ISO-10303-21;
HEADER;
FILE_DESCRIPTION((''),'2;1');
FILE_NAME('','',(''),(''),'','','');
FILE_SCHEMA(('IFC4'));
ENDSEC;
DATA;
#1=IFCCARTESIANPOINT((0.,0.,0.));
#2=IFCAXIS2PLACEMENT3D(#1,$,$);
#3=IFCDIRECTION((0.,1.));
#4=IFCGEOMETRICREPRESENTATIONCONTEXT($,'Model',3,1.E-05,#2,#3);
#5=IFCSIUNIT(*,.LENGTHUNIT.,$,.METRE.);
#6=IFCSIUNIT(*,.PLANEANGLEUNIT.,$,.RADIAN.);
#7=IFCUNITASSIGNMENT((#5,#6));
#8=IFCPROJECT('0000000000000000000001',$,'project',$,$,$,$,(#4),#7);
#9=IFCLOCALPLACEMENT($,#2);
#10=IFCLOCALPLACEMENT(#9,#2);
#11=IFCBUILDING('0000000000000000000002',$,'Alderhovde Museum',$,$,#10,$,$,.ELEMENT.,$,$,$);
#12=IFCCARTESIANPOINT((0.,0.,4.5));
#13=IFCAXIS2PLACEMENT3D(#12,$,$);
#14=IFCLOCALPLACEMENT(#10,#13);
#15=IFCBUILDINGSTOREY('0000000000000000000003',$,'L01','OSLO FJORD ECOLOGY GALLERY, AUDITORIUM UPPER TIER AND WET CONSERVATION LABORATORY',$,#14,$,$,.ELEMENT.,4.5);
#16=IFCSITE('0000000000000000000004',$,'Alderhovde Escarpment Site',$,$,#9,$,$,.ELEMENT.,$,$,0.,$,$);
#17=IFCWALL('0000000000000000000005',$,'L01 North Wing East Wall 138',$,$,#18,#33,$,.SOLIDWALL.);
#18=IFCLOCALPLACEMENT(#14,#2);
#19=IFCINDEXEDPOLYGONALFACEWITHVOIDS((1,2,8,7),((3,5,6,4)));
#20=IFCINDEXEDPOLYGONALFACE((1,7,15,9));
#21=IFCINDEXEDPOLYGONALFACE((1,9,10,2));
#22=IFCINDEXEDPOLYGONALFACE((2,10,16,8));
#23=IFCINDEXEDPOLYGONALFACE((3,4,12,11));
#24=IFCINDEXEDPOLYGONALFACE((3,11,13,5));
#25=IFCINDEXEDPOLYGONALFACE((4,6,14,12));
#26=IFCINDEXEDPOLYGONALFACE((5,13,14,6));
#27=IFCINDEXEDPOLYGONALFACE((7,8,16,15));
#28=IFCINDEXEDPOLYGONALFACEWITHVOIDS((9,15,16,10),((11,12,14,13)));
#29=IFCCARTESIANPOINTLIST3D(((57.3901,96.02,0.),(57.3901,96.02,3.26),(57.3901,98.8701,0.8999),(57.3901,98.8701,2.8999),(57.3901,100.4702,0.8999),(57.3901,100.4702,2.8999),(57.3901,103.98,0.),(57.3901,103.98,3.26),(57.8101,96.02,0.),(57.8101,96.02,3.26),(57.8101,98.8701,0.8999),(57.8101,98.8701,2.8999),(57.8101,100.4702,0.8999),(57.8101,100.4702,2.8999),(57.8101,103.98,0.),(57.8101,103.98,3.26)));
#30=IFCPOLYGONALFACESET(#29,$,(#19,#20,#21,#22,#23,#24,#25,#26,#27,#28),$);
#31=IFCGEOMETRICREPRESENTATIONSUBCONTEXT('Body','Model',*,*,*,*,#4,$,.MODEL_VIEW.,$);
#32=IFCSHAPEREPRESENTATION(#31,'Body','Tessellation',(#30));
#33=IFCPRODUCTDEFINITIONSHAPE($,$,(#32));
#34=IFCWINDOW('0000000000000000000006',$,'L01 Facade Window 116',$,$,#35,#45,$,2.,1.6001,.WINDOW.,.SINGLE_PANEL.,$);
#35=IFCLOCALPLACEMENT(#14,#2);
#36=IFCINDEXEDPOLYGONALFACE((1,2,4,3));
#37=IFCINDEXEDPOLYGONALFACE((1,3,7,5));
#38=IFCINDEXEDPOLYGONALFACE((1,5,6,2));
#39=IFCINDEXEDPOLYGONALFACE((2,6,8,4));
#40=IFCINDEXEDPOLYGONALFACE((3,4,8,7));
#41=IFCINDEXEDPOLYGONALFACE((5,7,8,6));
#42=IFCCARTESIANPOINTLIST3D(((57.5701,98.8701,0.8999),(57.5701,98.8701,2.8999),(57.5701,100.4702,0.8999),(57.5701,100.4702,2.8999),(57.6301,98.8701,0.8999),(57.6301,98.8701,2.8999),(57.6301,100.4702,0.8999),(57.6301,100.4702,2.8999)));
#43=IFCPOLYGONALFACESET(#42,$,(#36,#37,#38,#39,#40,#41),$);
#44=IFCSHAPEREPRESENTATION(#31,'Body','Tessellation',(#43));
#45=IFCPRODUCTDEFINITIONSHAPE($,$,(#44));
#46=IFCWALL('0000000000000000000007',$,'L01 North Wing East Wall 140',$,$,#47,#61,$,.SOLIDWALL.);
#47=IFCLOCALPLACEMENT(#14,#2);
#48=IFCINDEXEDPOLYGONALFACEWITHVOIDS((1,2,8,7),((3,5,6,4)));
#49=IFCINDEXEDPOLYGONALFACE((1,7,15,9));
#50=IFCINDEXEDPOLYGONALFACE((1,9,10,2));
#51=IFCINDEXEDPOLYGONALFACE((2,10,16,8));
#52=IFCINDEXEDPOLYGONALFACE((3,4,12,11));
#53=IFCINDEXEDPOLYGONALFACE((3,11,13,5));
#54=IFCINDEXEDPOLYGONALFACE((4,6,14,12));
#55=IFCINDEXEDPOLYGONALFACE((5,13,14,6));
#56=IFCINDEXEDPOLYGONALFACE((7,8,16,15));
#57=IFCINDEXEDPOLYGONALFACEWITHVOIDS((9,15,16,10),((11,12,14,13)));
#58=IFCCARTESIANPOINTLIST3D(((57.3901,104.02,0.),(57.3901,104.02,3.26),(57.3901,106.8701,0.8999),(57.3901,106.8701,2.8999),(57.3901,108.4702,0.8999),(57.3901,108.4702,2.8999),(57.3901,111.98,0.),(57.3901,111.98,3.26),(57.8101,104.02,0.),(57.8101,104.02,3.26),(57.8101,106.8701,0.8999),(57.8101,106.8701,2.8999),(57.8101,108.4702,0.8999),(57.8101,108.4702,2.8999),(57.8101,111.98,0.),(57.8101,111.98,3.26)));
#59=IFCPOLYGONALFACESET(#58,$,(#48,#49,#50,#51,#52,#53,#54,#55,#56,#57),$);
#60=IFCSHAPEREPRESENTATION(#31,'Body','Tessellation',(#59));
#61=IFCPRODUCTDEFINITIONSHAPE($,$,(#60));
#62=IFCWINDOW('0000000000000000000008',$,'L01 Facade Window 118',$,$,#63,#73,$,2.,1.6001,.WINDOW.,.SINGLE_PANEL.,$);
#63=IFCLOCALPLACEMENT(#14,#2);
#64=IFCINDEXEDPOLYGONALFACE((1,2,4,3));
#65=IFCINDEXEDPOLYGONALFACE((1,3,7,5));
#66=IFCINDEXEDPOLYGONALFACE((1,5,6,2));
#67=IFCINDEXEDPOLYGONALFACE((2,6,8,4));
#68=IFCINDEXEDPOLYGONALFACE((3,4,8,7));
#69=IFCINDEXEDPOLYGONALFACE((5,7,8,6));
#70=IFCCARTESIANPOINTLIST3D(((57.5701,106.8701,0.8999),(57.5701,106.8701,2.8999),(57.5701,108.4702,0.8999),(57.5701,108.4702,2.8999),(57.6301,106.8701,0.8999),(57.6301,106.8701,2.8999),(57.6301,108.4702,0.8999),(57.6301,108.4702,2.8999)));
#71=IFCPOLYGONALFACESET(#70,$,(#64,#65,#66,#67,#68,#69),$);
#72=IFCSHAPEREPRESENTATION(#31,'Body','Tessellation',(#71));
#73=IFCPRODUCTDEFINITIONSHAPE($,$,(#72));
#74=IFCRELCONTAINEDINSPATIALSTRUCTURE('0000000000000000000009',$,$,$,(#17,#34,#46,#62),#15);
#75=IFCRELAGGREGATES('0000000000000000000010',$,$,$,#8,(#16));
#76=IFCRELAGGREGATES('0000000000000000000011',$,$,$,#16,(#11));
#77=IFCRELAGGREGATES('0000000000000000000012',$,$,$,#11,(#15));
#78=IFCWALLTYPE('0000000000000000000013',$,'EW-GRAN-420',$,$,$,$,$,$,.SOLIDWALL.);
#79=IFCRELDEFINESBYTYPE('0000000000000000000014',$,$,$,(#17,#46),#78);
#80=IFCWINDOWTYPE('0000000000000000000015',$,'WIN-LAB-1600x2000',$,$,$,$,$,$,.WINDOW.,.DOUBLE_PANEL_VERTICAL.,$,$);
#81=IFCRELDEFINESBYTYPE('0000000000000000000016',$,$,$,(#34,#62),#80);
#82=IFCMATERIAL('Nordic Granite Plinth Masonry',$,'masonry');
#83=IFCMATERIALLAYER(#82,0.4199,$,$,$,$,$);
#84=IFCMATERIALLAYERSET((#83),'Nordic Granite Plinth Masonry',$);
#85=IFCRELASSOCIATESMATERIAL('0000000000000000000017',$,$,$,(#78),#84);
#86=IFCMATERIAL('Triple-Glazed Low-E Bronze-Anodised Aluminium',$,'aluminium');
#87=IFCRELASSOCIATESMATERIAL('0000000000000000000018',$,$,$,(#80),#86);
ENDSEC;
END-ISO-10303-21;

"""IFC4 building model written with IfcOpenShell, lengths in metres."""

from ifc_helpers import new_model, si_unit, direction, frame, frame_2d, origin, place, context, subcontext, project, spatial, rectangle, extrude, material, layer, layer_set, type_object, element, fill, save


model = new_model("IFC4")

# Units and contexts
model_context = context("Model", 3, precision=1e-05, world=origin(), true_north=direction((0.0, 1.0)))
body_context = subcontext(model_context, "Body", "Model", "MODEL_VIEW")
ifc_project = project(units=[si_unit("LENGTHUNIT", "METRE"), si_unit("PLANEANGLEUNIT", "RADIAN")], contexts=[model_context])

# Site, building, storey
site_placement = place(None, origin())
site = spatial("IfcSite", under=ifc_project, at=site_placement, Name="Alderhovde Escarpment Site", CompositionType="ELEMENT", RefElevation=0.0)
building_placement = place(site_placement, origin())
building = spatial("IfcBuilding", under=site, at=building_placement, Name="Alderhovde Museum", CompositionType="ELEMENT")
storey_placement = place(building_placement, frame((0.0, 0.0, 4.5)))
storey = spatial("IfcBuildingStorey", under=building, at=storey_placement, Name="L01", Description="OSLO FJORD ECOLOGY GALLERY, AUDITORIUM UPPER TIER AND WET CONSERVATION LABORATORY", CompositionType="ELEMENT", Elevation=4.5)

# Walls, openings, windows
ifc_material_1 = material(Name="Nordic Granite Plinth Masonry", Category="masonry")
ifc_layer_1 = layer(ifc_material_1, 0.4199)
ifc_layer_set_1 = layer_set([ifc_layer_1], Name="Nordic Granite Plinth Masonry")
wall_type = type_object("IfcWallType", Name="EW-GRAN-420", PredefinedType="SOLIDWALL", material=ifc_layer_set_1)
ifc_material_2 = material(Name="Triple-Glazed Low-E Bronze-Anodised Aluminium", Category="aluminium")
window_type = type_object("IfcWindowType", Name="WIN-LAB-1600x2000", PartitioningType="DOUBLE_PANEL_VERTICAL", PredefinedType="WINDOW", material=ifc_material_2)
wall_1_placement = place(storey_placement, frame((57.6001, 96.02, 0.0), z_axis=(0.0, 0.0, 1.0), x_axis=(0.0, 1.0, 0.0)))
wall_1 = element("IfcWall", 1, at=wall_1_placement, inside=storey, type_object=wall_type, Name="L01 North Wing East Wall 138", PredefinedType="SOLIDWALL", context=body_context, shape_type="SweptSolid", body=[
    extrude(rectangle(XDim=7.96, YDim=0.4199, at=frame_2d((3.98, 0.0))), origin(), (0.0, 0.0, 1.0), 3.26),
])
opening_1_placement = place(wall_1_placement, frame((2.8501, 0.0, 0.8999)))
opening_1 = element("IfcOpeningElement", 2, at=opening_1_placement, cuts=wall_1, PredefinedType="OPENING", context=body_context, shape_type="SweptSolid", body=[
    extrude(rectangle(XDim=1.6001, YDim=2.0, at=frame_2d((0.8, 1.0))), frame((0.0, 0.22, 0.0), z_axis=(0.0, -1.0, 0.0), x_axis=(1.0, 0.0, 0.0)), (0.0, 0.0, 1.0), 0.4399),
])
window_1_placement = place(opening_1_placement, origin())
window_1 = element("IfcWindow", 3, at=window_1_placement, inside=storey, type_object=window_type, Name="L01 Facade Window 116", OverallHeight=2.0, OverallWidth=1.6001, PartitioningType="SINGLE_PANEL", PredefinedType="WINDOW", context=body_context, shape_type="SweptSolid", body=[
    extrude(rectangle(XDim=1.6001, YDim=2.0, at=frame_2d((0.8, 1.0))), frame((0.0, 0.03, 0.0), z_axis=(0.0, -1.0, 0.0), x_axis=(1.0, 0.0, 0.0)), (0.0, 0.0, 1.0), 0.0601),
])
fill(opening_1, window_1)
wall_2_placement = place(storey_placement, frame((57.6001, 104.02, 0.0), z_axis=(0.0, 0.0, 1.0), x_axis=(0.0, 1.0, 0.0)))
wall_2 = element("IfcWall", 4, at=wall_2_placement, inside=storey, type_object=wall_type, Name="L01 North Wing East Wall 140", PredefinedType="SOLIDWALL", context=body_context, shape_type="SweptSolid", body=[
    extrude(rectangle(XDim=7.96, YDim=0.4199, at=frame_2d((3.98, 0.0))), origin(), (0.0, 0.0, 1.0), 3.26),
])
opening_2_placement = place(wall_2_placement, frame((2.8501, 0.0, 0.8999)))
opening_2 = element("IfcOpeningElement", 5, at=opening_2_placement, cuts=wall_2, PredefinedType="OPENING", context=body_context, shape_type="SweptSolid", body=[
    extrude(rectangle(XDim=1.6001, YDim=2.0, at=frame_2d((0.8, 1.0))), frame((0.0, 0.22, 0.0), z_axis=(0.0, -1.0, 0.0), x_axis=(1.0, 0.0, 0.0)), (0.0, 0.0, 1.0), 0.4399),
])
window_2_placement = place(opening_2_placement, origin())
window_2 = element("IfcWindow", 6, at=window_2_placement, inside=storey, type_object=window_type, Name="L01 Facade Window 118", OverallHeight=2.0, OverallWidth=1.6001, PartitioningType="SINGLE_PANEL", PredefinedType="WINDOW", context=body_context, shape_type="SweptSolid", body=[
    extrude(rectangle(XDim=1.6001, YDim=2.0, at=frame_2d((0.8, 1.0))), frame((0.0, 0.03, 0.0), z_axis=(0.0, -1.0, 0.0), x_axis=(1.0, 0.0, 0.0)), (0.0, 0.0, 1.0), 0.0601),
])
fill(opening_2, window_2)

save(model, "model.ifc")
